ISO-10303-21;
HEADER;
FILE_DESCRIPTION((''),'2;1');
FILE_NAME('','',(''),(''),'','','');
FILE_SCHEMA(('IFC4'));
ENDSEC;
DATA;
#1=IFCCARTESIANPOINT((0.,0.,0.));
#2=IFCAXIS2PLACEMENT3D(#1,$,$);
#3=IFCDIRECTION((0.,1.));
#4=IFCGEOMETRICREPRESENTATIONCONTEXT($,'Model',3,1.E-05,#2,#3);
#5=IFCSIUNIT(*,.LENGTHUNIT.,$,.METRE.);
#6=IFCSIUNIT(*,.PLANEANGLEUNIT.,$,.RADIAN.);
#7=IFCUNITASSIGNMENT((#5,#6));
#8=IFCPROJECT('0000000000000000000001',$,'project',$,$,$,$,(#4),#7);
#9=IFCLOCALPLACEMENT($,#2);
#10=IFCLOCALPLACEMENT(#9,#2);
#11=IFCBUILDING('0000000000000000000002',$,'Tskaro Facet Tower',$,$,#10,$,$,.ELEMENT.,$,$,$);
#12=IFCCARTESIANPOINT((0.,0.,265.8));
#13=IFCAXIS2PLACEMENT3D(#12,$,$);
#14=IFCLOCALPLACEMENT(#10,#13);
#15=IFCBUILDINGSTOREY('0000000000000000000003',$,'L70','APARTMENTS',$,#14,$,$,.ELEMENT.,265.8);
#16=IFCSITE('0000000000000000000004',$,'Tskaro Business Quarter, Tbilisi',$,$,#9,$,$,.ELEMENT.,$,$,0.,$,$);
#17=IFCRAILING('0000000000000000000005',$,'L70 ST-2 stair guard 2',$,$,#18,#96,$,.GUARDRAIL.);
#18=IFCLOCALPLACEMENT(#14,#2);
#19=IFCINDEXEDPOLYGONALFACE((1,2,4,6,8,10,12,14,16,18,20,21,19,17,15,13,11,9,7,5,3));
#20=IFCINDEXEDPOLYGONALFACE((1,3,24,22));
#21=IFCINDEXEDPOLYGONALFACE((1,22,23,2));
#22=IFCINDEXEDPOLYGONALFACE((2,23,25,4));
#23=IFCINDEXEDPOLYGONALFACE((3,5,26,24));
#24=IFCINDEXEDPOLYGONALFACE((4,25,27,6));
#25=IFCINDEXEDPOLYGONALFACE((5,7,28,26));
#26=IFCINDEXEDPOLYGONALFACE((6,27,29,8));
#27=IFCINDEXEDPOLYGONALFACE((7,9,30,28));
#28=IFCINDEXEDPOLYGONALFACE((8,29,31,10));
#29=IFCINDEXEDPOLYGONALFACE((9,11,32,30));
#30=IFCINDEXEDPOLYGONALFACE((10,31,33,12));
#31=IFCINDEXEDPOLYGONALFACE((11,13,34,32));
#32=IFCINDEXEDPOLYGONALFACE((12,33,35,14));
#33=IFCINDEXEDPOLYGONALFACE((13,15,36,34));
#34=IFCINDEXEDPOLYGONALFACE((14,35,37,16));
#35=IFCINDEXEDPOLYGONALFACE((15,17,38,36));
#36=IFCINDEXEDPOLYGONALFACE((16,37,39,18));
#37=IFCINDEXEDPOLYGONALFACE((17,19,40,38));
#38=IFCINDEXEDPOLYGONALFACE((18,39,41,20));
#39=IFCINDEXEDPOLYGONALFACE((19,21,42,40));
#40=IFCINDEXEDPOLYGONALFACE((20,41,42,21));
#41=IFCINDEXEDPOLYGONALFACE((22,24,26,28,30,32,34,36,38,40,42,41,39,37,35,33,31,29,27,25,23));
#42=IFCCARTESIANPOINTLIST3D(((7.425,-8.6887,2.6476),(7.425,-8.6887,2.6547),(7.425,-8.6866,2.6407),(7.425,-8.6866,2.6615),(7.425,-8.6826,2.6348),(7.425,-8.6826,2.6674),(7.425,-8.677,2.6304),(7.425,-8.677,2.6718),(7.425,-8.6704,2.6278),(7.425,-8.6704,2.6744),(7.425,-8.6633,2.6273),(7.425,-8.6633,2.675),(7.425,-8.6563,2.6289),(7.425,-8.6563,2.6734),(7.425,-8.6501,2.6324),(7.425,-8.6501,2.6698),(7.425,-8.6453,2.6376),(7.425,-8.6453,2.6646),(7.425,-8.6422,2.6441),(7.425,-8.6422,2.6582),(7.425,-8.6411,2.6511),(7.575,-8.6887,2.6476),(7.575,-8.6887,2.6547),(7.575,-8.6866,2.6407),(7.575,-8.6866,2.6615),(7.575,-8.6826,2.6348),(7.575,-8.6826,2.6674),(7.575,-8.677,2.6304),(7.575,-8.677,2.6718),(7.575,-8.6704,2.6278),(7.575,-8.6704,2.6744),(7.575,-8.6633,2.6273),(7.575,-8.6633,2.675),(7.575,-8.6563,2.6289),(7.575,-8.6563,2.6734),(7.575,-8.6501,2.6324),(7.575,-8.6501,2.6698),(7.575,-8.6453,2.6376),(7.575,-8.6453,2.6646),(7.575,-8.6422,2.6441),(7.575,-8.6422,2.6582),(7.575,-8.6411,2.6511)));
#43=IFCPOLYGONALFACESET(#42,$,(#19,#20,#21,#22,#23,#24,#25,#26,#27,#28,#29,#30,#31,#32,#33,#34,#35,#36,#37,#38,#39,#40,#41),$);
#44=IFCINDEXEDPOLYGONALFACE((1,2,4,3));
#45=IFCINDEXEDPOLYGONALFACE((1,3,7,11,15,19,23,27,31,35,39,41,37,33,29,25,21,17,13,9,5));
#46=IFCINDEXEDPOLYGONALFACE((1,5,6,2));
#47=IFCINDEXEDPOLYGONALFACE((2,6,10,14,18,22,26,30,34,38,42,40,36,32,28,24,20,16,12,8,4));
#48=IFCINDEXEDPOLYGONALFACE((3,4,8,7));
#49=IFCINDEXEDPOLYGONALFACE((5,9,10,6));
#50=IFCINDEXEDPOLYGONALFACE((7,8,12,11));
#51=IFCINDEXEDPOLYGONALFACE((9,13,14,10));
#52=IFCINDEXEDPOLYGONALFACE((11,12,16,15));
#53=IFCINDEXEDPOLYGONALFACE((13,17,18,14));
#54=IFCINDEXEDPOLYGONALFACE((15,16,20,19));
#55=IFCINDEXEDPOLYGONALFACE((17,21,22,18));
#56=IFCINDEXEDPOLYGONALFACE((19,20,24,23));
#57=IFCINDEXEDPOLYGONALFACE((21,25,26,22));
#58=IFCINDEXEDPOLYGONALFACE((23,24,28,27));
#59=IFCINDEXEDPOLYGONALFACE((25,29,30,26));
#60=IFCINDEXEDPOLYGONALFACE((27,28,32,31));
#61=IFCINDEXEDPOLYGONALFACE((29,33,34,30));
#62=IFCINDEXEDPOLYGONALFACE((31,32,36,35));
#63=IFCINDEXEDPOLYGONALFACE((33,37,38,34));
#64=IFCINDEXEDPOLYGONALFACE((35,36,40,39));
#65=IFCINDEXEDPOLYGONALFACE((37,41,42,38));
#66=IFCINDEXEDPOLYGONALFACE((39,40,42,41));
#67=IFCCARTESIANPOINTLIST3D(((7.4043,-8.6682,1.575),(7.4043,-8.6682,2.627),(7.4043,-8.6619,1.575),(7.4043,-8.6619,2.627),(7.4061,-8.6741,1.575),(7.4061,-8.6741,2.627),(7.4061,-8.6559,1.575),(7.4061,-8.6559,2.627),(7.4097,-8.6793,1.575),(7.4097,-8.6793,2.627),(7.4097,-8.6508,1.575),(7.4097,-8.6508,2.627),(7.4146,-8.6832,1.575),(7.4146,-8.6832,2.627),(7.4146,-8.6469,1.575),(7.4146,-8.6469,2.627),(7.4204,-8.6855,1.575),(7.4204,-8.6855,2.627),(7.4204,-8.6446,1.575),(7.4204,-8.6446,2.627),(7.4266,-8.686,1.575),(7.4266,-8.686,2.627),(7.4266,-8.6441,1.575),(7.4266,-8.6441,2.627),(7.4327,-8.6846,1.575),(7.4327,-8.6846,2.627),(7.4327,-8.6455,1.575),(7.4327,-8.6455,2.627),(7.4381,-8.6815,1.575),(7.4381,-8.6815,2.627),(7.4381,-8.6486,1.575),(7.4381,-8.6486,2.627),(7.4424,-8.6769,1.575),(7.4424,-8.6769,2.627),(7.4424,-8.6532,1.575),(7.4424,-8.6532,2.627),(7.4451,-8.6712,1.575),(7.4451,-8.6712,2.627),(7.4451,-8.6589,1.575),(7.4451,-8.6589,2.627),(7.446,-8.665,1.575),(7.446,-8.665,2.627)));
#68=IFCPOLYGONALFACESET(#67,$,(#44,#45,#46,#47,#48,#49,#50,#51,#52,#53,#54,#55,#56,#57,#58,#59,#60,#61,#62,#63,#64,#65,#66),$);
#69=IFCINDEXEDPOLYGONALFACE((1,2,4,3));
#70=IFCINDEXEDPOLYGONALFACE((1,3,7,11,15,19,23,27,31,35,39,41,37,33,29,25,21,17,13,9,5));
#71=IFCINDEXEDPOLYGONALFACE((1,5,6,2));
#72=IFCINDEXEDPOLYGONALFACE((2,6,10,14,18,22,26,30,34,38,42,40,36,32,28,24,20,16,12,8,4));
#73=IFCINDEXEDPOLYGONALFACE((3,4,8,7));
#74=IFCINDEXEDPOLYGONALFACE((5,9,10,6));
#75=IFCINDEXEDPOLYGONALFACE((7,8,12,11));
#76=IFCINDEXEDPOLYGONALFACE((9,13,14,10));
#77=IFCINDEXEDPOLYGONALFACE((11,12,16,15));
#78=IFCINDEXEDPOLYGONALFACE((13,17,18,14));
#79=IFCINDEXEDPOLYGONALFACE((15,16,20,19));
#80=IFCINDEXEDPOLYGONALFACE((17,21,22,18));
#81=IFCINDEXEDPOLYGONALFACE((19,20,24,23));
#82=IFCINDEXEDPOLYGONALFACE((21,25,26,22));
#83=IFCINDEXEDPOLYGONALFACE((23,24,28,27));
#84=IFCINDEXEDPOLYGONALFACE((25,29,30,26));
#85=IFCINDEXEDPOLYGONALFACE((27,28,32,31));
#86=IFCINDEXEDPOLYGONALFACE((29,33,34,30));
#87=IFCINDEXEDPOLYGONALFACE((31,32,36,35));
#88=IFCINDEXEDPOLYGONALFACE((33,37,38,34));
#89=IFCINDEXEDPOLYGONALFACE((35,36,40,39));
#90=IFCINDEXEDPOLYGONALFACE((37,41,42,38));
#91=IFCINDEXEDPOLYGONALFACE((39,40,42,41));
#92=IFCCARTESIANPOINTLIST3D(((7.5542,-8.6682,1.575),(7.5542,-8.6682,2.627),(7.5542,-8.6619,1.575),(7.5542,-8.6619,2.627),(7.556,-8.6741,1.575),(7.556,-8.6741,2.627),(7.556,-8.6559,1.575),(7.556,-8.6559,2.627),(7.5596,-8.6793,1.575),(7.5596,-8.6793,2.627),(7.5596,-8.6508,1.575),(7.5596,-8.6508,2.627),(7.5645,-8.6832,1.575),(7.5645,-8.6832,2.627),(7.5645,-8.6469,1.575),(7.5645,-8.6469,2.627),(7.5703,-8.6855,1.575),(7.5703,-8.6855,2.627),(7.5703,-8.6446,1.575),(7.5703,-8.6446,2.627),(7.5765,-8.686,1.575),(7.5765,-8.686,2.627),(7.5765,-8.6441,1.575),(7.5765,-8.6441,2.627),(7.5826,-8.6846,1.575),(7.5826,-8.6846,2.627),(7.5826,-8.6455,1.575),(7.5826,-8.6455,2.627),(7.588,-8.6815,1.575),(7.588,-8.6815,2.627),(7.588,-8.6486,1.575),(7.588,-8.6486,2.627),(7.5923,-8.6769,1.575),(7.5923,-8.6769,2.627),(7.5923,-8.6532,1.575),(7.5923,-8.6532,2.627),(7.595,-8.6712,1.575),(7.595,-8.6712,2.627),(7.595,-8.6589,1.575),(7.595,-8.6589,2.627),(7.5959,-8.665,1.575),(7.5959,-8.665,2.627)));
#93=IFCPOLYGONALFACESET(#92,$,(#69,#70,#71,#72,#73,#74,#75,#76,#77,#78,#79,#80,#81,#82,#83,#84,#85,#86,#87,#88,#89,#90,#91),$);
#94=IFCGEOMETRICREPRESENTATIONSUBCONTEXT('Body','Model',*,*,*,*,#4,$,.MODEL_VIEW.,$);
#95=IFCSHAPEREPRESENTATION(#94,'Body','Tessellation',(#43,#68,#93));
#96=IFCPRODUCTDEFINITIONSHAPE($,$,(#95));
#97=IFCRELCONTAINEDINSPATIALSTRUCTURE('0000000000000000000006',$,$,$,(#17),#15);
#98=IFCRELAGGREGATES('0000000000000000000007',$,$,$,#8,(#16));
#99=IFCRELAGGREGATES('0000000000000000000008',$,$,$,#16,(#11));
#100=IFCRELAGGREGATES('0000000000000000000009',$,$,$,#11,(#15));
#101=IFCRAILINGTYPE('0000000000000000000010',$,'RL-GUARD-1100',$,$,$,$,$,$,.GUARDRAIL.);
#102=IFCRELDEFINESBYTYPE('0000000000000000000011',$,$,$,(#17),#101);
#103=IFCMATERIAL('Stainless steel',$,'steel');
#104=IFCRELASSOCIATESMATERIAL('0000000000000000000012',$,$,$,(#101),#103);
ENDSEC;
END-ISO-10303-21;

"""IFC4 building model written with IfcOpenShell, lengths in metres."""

from ifc_helpers import new_model, si_unit, direction, frame, origin, origin_2d, place, context, subcontext, project, spatial, circle, extrude, material, type_object, element, save


model = new_model("IFC4")

# Units and contexts
model_context = context("Model", 3, precision=1e-05, world=origin(), true_north=direction((0.0, 1.0)))
body_context = subcontext(model_context, "Body", "Model", "MODEL_VIEW")
ifc_project = project(units=[si_unit("LENGTHUNIT", "METRE"), si_unit("PLANEANGLEUNIT", "RADIAN")], contexts=[model_context])

# Site, building, storey
site_placement = place(None, origin())
site = spatial("IfcSite", under=ifc_project, at=site_placement, Name="Tskaro Business Quarter, Tbilisi", CompositionType="ELEMENT", RefElevation=0.0)
building_placement = place(site_placement, origin())
building = spatial("IfcBuilding", under=site, at=building_placement, Name="Tskaro Facet Tower", CompositionType="ELEMENT")
storey_placement = place(building_placement, frame((0.0, 0.0, 265.8)))
storey = spatial("IfcBuildingStorey", under=building, at=storey_placement, Name="L70", Description="APARTMENTS", CompositionType="ELEMENT", Elevation=265.8)

# Railing
ifc_material_1 = material(Name="Stainless steel", Category="steel")
railing_type_1 = type_object("IfcRailingType", Name="RL-GUARD-1100", PredefinedType="GUARDRAIL", material=ifc_material_1)
railing_1_placement = place(storey_placement, frame((7.425, -8.665, 1.575)))
element("IfcRailing", 1, at=railing_1_placement, inside=storey, type_object=railing_type_1, Name="L70 ST-2 stair guard 2", PredefinedType="GUARDRAIL", context=body_context, shape_type="SweptSolid", body=[
    extrude(circle(Radius=0.0239, at=origin_2d()), frame((0.0, 0.0, 1.0762), z_axis=(1.0, 0.0, 0.0), x_axis=(0.0, 1.0, 0.0)), (0.0, 0.0, 1.0), 0.1499),
    extrude(circle(Radius=0.021, at=origin_2d()), origin(), (0.0, 0.0, 1.0), 1.052),
    extrude(circle(Radius=0.021, at=origin_2d()), frame((0.1499, 0.0, 0.0)), (0.0, 0.0, 1.0), 1.052),
])

save(model, "model.ifc")
